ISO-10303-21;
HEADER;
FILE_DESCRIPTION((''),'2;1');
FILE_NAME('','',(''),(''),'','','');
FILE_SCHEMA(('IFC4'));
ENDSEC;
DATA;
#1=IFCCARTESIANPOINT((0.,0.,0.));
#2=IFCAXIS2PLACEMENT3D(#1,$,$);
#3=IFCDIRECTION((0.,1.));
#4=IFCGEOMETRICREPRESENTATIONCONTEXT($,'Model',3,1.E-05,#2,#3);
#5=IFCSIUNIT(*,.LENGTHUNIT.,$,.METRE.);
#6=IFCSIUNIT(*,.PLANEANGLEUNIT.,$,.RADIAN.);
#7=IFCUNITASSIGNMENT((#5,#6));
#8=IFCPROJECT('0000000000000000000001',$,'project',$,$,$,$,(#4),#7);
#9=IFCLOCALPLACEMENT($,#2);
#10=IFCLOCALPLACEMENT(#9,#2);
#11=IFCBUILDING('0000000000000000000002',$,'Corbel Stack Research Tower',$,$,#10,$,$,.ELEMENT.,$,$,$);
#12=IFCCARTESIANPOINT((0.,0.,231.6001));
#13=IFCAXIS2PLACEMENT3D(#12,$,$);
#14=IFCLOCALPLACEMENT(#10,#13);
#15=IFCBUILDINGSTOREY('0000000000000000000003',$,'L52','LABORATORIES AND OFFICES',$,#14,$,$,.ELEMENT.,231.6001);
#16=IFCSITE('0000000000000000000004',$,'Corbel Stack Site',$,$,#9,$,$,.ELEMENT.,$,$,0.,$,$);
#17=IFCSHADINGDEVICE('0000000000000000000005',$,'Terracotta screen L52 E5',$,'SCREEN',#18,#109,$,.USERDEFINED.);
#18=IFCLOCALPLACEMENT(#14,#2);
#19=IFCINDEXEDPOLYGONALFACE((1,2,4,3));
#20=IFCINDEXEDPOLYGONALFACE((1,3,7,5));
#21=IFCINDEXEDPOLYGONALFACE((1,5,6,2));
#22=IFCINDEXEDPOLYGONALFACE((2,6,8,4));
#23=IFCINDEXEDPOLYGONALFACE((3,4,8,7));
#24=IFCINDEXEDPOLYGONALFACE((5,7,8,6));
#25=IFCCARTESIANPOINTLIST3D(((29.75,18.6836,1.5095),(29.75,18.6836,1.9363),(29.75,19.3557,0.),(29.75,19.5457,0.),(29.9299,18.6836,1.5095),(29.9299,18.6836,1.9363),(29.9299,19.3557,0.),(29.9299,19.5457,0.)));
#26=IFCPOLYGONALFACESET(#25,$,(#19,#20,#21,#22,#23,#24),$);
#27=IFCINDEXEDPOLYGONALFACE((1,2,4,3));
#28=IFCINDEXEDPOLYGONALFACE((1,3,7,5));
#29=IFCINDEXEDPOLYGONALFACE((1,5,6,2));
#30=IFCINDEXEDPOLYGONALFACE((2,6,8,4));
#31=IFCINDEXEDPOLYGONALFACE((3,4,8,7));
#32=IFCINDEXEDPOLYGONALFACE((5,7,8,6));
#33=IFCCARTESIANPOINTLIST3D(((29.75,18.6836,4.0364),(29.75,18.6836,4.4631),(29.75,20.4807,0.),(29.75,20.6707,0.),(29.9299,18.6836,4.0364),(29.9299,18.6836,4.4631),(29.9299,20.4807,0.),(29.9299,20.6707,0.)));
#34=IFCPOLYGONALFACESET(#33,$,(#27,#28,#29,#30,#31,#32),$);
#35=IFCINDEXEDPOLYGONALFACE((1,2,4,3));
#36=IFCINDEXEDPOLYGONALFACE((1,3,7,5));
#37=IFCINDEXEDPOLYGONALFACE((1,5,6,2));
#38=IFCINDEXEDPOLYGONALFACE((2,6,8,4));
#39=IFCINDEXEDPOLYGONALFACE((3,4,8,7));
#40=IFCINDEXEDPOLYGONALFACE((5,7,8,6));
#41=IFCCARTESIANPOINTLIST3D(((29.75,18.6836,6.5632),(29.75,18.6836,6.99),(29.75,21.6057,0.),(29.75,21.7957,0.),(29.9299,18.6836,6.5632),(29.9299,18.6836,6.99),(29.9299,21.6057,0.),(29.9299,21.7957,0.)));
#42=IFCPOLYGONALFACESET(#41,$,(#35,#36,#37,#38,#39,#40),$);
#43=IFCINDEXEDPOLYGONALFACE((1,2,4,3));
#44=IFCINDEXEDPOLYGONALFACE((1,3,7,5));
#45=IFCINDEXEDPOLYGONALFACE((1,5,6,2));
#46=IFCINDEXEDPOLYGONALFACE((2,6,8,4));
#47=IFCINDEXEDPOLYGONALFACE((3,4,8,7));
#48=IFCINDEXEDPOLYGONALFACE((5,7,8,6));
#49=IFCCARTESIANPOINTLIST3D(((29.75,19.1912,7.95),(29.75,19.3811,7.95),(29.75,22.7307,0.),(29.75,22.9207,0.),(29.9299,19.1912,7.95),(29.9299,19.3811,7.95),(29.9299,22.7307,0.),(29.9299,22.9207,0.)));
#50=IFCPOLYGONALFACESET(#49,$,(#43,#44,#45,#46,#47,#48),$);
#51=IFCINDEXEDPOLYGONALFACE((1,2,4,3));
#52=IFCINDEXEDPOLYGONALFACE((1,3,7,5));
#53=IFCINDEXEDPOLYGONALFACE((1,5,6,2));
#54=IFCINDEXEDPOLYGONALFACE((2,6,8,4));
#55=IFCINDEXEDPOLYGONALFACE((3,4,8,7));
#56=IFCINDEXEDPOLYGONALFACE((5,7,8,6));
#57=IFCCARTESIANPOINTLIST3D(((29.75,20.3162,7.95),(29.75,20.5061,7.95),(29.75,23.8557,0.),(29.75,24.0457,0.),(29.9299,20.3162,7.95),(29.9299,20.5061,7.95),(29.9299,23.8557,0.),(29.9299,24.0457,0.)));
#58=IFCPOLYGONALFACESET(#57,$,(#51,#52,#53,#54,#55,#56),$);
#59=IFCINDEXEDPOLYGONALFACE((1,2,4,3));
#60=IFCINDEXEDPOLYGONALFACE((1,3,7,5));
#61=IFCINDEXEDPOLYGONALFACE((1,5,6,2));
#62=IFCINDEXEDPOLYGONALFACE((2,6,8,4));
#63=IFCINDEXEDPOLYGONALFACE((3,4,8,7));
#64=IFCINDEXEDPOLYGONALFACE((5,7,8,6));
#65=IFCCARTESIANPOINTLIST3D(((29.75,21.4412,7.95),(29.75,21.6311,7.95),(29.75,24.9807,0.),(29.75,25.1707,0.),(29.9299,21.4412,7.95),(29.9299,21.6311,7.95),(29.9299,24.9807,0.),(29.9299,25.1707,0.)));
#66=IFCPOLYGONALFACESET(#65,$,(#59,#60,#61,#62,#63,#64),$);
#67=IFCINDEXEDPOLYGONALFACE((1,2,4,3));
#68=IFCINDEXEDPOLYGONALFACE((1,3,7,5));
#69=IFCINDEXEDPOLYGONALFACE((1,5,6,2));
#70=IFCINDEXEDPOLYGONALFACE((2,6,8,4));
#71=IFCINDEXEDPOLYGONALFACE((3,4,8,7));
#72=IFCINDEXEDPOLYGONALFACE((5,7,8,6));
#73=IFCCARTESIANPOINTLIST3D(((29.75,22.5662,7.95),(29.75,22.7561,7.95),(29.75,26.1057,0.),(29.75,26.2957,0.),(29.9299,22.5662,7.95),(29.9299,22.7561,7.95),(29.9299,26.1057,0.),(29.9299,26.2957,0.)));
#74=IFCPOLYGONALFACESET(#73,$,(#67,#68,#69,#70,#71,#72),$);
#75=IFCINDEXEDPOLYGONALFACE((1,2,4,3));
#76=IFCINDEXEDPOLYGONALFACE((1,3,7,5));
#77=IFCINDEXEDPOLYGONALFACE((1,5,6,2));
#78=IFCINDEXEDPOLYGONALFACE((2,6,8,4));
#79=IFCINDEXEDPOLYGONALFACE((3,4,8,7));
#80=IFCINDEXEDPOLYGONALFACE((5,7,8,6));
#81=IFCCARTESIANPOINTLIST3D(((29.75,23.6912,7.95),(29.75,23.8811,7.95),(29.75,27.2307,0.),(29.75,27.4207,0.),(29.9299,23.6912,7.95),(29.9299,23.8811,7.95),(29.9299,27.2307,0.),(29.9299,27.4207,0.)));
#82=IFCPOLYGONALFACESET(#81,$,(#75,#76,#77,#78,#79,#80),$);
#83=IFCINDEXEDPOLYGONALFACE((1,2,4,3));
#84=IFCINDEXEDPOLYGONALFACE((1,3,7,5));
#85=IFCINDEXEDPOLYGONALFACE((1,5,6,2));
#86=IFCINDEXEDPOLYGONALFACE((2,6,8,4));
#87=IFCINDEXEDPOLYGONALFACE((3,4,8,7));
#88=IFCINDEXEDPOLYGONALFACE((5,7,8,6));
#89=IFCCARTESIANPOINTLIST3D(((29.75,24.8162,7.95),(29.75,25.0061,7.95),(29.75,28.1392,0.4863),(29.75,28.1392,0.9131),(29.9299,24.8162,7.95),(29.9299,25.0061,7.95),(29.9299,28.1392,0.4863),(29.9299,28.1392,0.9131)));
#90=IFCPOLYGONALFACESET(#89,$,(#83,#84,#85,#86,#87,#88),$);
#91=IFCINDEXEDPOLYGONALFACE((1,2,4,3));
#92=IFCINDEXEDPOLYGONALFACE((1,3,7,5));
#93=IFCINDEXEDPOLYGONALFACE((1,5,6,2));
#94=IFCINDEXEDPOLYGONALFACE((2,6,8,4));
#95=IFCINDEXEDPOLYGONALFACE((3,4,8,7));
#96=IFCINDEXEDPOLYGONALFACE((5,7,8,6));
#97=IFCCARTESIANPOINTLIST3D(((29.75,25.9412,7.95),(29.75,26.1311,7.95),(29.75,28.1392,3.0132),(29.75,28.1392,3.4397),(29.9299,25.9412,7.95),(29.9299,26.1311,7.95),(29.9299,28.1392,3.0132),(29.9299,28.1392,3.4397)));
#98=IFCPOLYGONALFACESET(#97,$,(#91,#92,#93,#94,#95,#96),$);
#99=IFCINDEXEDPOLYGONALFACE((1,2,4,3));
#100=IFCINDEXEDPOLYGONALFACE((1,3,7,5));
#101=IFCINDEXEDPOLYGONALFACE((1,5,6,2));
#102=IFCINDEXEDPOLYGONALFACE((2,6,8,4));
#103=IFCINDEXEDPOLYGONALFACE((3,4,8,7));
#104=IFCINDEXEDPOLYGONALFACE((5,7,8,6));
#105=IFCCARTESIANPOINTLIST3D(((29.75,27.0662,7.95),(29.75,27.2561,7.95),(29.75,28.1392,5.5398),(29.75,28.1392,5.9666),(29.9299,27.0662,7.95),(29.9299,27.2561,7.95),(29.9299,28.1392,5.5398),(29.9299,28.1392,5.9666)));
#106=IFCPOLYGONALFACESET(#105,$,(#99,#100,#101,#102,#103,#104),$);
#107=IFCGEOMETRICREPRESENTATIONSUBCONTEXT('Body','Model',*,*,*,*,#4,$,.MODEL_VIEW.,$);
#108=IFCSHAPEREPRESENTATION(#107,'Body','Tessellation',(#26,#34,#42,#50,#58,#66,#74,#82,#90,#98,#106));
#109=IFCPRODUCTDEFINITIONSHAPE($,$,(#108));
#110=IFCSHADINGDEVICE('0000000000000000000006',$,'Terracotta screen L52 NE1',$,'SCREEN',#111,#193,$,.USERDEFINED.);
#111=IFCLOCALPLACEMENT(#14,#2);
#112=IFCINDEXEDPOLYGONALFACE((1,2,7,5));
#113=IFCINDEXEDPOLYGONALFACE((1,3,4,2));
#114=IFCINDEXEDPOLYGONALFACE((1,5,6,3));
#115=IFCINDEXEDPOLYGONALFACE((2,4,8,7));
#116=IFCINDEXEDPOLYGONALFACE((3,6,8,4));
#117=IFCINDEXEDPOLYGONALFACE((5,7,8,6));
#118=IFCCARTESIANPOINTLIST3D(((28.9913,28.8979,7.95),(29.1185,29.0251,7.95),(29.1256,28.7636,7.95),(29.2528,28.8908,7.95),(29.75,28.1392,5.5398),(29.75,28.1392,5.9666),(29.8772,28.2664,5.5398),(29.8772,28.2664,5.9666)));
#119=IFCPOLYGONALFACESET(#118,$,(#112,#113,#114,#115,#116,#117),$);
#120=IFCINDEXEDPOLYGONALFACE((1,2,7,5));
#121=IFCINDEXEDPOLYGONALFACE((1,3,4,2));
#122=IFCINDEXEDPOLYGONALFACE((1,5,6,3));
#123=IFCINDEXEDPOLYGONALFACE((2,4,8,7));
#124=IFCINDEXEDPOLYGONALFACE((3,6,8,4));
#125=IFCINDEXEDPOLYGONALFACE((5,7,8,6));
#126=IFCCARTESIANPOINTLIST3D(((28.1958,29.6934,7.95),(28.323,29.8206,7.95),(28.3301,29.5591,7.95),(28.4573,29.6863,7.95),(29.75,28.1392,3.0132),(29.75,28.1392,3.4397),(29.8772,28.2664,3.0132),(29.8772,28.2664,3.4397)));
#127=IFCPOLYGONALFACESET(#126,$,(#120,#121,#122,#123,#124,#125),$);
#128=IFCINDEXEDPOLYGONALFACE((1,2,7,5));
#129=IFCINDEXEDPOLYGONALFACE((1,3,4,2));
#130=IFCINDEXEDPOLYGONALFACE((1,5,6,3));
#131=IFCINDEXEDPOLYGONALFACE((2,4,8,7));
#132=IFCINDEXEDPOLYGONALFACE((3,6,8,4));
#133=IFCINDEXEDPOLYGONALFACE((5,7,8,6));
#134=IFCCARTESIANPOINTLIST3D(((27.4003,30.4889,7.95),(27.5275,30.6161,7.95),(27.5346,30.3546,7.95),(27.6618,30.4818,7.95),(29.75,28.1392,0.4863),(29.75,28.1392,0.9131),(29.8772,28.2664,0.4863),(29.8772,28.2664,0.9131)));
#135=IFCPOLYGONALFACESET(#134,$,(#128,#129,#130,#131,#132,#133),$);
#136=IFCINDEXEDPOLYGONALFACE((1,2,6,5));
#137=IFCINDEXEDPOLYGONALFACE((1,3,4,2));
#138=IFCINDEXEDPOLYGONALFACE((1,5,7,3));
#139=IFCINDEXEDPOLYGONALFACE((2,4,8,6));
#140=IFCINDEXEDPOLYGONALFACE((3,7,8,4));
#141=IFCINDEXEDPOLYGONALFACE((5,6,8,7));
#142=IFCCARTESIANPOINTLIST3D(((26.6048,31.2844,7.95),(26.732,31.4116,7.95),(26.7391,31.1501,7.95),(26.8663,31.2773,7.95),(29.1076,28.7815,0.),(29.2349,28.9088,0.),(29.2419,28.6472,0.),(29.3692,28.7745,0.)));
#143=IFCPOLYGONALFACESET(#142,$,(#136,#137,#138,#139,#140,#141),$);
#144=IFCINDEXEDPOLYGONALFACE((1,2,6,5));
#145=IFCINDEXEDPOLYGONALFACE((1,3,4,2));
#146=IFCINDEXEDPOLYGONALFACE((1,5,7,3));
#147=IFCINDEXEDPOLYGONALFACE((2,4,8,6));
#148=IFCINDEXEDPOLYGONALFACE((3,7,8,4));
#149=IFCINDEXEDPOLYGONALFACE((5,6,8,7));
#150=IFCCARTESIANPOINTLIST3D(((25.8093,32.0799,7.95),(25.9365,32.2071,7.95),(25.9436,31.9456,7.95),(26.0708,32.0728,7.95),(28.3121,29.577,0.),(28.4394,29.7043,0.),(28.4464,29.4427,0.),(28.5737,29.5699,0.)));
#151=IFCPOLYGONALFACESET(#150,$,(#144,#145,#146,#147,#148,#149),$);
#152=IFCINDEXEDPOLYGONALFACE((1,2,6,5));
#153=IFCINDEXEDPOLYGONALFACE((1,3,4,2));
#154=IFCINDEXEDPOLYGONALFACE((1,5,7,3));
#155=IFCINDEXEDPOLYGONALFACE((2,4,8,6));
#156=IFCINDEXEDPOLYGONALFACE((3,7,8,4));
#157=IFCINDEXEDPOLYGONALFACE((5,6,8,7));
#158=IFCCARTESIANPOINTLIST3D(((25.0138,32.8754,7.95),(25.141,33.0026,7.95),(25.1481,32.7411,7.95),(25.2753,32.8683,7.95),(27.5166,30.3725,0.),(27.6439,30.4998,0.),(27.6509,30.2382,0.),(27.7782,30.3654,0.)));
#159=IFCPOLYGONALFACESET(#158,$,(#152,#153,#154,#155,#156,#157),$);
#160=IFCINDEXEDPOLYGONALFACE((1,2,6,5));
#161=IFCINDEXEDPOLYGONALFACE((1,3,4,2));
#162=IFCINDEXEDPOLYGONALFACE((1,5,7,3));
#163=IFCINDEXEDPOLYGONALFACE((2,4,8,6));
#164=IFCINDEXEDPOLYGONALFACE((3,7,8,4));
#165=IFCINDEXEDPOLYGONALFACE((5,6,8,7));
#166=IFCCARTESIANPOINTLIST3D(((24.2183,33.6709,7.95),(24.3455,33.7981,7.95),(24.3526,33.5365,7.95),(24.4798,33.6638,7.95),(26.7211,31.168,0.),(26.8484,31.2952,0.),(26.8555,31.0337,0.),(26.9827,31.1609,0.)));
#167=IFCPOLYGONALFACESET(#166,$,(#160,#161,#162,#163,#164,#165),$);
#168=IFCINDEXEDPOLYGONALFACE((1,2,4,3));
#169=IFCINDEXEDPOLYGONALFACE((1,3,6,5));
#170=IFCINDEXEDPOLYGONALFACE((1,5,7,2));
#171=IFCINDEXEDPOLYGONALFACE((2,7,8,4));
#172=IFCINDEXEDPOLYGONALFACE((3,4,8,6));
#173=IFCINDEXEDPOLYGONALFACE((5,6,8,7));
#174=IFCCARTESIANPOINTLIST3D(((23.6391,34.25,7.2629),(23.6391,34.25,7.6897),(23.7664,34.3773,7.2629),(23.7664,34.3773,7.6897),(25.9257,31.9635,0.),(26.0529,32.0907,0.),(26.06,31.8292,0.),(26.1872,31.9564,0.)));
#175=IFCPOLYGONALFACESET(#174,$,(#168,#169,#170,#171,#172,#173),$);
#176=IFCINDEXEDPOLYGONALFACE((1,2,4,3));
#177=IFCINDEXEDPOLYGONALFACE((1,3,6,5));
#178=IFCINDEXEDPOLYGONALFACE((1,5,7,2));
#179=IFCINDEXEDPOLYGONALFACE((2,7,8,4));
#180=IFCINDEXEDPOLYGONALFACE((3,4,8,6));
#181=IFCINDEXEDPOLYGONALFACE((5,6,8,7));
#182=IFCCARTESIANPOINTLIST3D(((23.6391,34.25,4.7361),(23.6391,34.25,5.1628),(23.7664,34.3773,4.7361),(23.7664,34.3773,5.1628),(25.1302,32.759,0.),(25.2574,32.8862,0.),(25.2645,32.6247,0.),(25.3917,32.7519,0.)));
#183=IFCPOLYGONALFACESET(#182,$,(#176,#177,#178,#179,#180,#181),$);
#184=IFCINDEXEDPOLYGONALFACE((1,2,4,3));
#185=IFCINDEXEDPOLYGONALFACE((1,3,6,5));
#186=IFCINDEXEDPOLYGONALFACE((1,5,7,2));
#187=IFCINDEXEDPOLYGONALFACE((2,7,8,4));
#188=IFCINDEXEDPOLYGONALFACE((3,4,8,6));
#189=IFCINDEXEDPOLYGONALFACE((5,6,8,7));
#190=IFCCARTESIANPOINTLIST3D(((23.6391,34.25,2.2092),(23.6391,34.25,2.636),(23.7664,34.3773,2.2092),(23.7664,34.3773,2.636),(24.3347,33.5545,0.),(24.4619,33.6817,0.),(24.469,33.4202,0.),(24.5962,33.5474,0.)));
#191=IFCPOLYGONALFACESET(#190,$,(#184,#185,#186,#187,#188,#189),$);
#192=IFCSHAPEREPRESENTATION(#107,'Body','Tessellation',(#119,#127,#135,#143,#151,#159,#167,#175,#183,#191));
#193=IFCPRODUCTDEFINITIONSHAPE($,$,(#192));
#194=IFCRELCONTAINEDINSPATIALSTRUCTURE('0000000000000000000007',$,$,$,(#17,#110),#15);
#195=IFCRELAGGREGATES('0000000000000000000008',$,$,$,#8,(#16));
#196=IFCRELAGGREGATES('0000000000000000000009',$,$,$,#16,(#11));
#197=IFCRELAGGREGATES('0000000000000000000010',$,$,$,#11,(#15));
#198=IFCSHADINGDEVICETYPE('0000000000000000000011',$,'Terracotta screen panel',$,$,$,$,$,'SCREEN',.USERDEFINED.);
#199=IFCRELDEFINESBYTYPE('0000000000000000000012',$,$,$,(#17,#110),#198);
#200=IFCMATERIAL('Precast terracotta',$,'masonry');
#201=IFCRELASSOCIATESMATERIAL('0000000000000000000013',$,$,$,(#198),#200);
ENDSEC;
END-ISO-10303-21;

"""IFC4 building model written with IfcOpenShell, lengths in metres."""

from ifc_helpers import new_model, si_unit, direction, frame, origin, place, context, subcontext, project, spatial, polyline, outline, extrude, source, transform, mapped, material, type_object, element, save


model = new_model("IFC4")

# Units and contexts
model_context = context("Model", 3, precision=1e-05, world=origin(), true_north=direction((0.0, 1.0)))
body_context = subcontext(model_context, "Body", "Model", "MODEL_VIEW")
ifc_project = project(units=[si_unit("LENGTHUNIT", "METRE"), si_unit("PLANEANGLEUNIT", "RADIAN")], contexts=[model_context])

# Site, building, storey
site_placement = place(None, origin())
site = spatial("IfcSite", under=ifc_project, at=site_placement, Name="Corbel Stack Site", CompositionType="ELEMENT", RefElevation=0.0)
building_placement = place(site_placement, origin())
building = spatial("IfcBuilding", under=site, at=building_placement, Name="Corbel Stack Research Tower", CompositionType="ELEMENT")
storey_placement = place(building_placement, frame((0.0, 0.0, 231.6001)))
storey = spatial("IfcBuildingStorey", under=building, at=storey_placement, Name="L52", Description="LABORATORIES AND OFFICES", CompositionType="ELEMENT", Elevation=231.6001)

# Shading devices
ifc_material_1 = material(Name="Precast terracotta", Category="masonry")
shading_device_type = type_object("IfcShadingDeviceType", Name="Terracotta screen panel", ElementType="SCREEN", PredefinedType="USERDEFINED", material=ifc_material_1)
shared_shape_1 = source(origin(), body_context, "Body", "SweptSolid", [
    extrude(outline(polyline([(0.8621, 0.0), (0.0, 1.9363), (0.0, 1.5095), (0.6721, 0.0), (0.8621, 0.0)])), frame((0.0, 0.0, 0.0), z_axis=(0.0, -1.0, 0.0), x_axis=(1.0, 0.0, 0.0)), (0.0, 0.0, 1.0), 0.1799),
    extrude(outline(polyline([(1.9871, 0.0), (0.0, 4.4631), (0.0, 4.0364), (1.7971, 0.0), (1.9871, 0.0)])), frame((0.0, 0.0, 0.0), z_axis=(0.0, -1.0, 0.0), x_axis=(1.0, 0.0, 0.0)), (0.0, 0.0, 1.0), 0.1799),
    extrude(outline(polyline([(3.1121, 0.0), (0.0, 6.99), (0.0, 6.5632), (2.9221, 0.0), (3.1121, 0.0)])), frame((0.0, 0.0, 0.0), z_axis=(0.0, -1.0, 0.0), x_axis=(1.0, 0.0, 0.0)), (0.0, 0.0, 1.0), 0.1799),
    extrude(outline(polyline([(4.2371, 0.0), (0.6975, 7.95), (0.5076, 7.95), (4.0471, 0.0), (4.2371, 0.0)])), frame((0.0, 0.0, 0.0), z_axis=(0.0, -1.0, 0.0), x_axis=(1.0, 0.0, 0.0)), (0.0, 0.0, 1.0), 0.1799),
    extrude(outline(polyline([(5.3621, 0.0), (1.8225, 7.95), (1.6326, 7.95), (5.1721, 0.0), (5.3621, 0.0)])), frame((0.0, 0.0, 0.0), z_axis=(0.0, -1.0, 0.0), x_axis=(1.0, 0.0, 0.0)), (0.0, 0.0, 1.0), 0.1799),
    extrude(outline(polyline([(6.4871, 0.0), (2.9475, 7.95), (2.7576, 7.95), (6.2971, 0.0), (6.4871, 0.0)])), frame((0.0, 0.0, 0.0), z_axis=(0.0, -1.0, 0.0), x_axis=(1.0, 0.0, 0.0)), (0.0, 0.0, 1.0), 0.1799),
    extrude(outline(polyline([(7.6121, 0.0), (4.0725, 7.95), (3.8826, 7.95), (7.4221, 0.0), (7.6121, 0.0)])), frame((0.0, 0.0, 0.0), z_axis=(0.0, -1.0, 0.0), x_axis=(1.0, 0.0, 0.0)), (0.0, 0.0, 1.0), 0.1799),
    extrude(outline(polyline([(8.7371, 0.0), (5.1975, 7.95), (5.0076, 7.95), (8.5471, 0.0), (8.7371, 0.0)])), frame((0.0, 0.0, 0.0), z_axis=(0.0, -1.0, 0.0), x_axis=(1.0, 0.0, 0.0)), (0.0, 0.0, 1.0), 0.1799),
    extrude(outline(polyline([(6.3225, 7.95), (6.1326, 7.95), (9.4556, 0.4863), (9.4556, 0.9131), (6.3225, 7.95)])), frame((0.0, 0.0, 0.0), z_axis=(0.0, -1.0, 0.0), x_axis=(1.0, 0.0, 0.0)), (0.0, 0.0, 1.0), 0.1799),
    extrude(outline(polyline([(7.4475, 7.95), (7.2576, 7.95), (9.4556, 3.0132), (9.4556, 3.4397), (7.4475, 7.95)])), frame((0.0, 0.0, 0.0), z_axis=(0.0, -1.0, 0.0), x_axis=(1.0, 0.0, 0.0)), (0.0, 0.0, 1.0), 0.1799),
    extrude(outline(polyline([(8.5725, 7.95), (8.3826, 7.95), (9.4556, 5.5398), (9.4556, 5.9666), (8.5725, 7.95)])), frame((0.0, 0.0, 0.0), z_axis=(0.0, -1.0, 0.0), x_axis=(1.0, 0.0, 0.0)), (0.0, 0.0, 1.0), 0.1799),
])
shading_device_1_placement = place(storey_placement, frame((29.75, 18.6836, 0.0), z_axis=(0.0, 0.0, 1.0), x_axis=(0.0, 1.0, 0.0)))
element("IfcShadingDevice", 1, at=shading_device_1_placement, inside=storey, type_object=shading_device_type, Name="Terracotta screen L52 E5", ObjectType="SCREEN", PredefinedType="USERDEFINED", context=body_context, shape_type="MappedRepresentation", body=[
    mapped(shared_shape_1, transform((0.0, 0.0, 0.0))),
])
shared_shape_2 = source(origin(), body_context, "Body", "SweptSolid", [
    extrude(outline(polyline([(1.073, 7.95), (0.8831, 7.95), (0.0, 5.9666), (0.0, 5.5398), (1.073, 7.95)])), frame((0.0, 0.0, 0.0), z_axis=(0.0, -1.0, 0.0), x_axis=(1.0, 0.0, 0.0)), (0.0, 0.0, 1.0), 0.1799),
    extrude(outline(polyline([(2.198, 7.95), (2.0081, 7.95), (0.0, 3.4397), (0.0, 3.0132), (2.198, 7.95)])), frame((0.0, 0.0, 0.0), z_axis=(0.0, -1.0, 0.0), x_axis=(1.0, 0.0, 0.0)), (0.0, 0.0, 1.0), 0.1799),
    extrude(outline(polyline([(3.323, 7.95), (3.1331, 7.95), (0.0, 0.9131), (0.0, 0.4863), (3.323, 7.95)])), frame((0.0, 0.0, 0.0), z_axis=(0.0, -1.0, 0.0), x_axis=(1.0, 0.0, 0.0)), (0.0, 0.0, 1.0), 0.1799),
    extrude(outline(polyline([(0.9084, 0.0), (4.448, 7.95), (4.2581, 7.95), (0.7185, 0.0), (0.9084, 0.0)])), frame((0.0, 0.0, 0.0), z_axis=(0.0, -1.0, 0.0), x_axis=(1.0, 0.0, 0.0)), (0.0, 0.0, 1.0), 0.1799),
    extrude(outline(polyline([(2.0334, 0.0), (5.573, 7.95), (5.3831, 7.95), (1.8435, 0.0), (2.0334, 0.0)])), frame((0.0, 0.0, 0.0), z_axis=(0.0, -1.0, 0.0), x_axis=(1.0, 0.0, 0.0)), (0.0, 0.0, 1.0), 0.1799),
    extrude(outline(polyline([(3.1584, 0.0), (6.698, 7.95), (6.5081, 7.95), (2.9685, 0.0), (3.1584, 0.0)])), frame((0.0, 0.0, 0.0), z_axis=(0.0, -1.0, 0.0), x_axis=(1.0, 0.0, 0.0)), (0.0, 0.0, 1.0), 0.1799),
    extrude(outline(polyline([(4.2834, 0.0), (7.823, 7.95), (7.6331, 7.95), (4.0935, 0.0), (4.2834, 0.0)])), frame((0.0, 0.0, 0.0), z_axis=(0.0, -1.0, 0.0), x_axis=(1.0, 0.0, 0.0)), (0.0, 0.0, 1.0), 0.1799),
    extrude(outline(polyline([(5.4084, 0.0), (8.6421, 7.2629), (8.6421, 7.6897), (5.2185, 0.0), (5.4084, 0.0)])), frame((0.0, 0.0, 0.0), z_axis=(0.0, -1.0, 0.0), x_axis=(1.0, 0.0, 0.0)), (0.0, 0.0, 1.0), 0.1799),
    extrude(outline(polyline([(6.5334, 0.0), (8.6421, 4.7361), (8.6421, 5.1628), (6.3435, 0.0), (6.5334, 0.0)])), frame((0.0, 0.0, 0.0), z_axis=(0.0, -1.0, 0.0), x_axis=(1.0, 0.0, 0.0)), (0.0, 0.0, 1.0), 0.1799),
    extrude(outline(polyline([(7.6584, 0.0), (8.6421, 2.2092), (8.6421, 2.636), (7.4685, 0.0), (7.6584, 0.0)])), frame((0.0, 0.0, 0.0), z_axis=(0.0, -1.0, 0.0), x_axis=(1.0, 0.0, 0.0)), (0.0, 0.0, 1.0), 0.1799),
])
shading_device_2_placement = place(storey_placement, frame((29.75, 28.1392, 0.0), z_axis=(0.0, 0.0, 1.0), x_axis=(-0.707107, 0.707107, 0.0)))
element("IfcShadingDevice", 2, at=shading_device_2_placement, inside=storey, type_object=shading_device_type, Name="Terracotta screen L52 NE1", ObjectType="SCREEN", PredefinedType="USERDEFINED", context=body_context, shape_type="MappedRepresentation", body=[
    mapped(shared_shape_2, transform((0.0, 0.0, 0.0))),
])

save(model, "model.ifc")
